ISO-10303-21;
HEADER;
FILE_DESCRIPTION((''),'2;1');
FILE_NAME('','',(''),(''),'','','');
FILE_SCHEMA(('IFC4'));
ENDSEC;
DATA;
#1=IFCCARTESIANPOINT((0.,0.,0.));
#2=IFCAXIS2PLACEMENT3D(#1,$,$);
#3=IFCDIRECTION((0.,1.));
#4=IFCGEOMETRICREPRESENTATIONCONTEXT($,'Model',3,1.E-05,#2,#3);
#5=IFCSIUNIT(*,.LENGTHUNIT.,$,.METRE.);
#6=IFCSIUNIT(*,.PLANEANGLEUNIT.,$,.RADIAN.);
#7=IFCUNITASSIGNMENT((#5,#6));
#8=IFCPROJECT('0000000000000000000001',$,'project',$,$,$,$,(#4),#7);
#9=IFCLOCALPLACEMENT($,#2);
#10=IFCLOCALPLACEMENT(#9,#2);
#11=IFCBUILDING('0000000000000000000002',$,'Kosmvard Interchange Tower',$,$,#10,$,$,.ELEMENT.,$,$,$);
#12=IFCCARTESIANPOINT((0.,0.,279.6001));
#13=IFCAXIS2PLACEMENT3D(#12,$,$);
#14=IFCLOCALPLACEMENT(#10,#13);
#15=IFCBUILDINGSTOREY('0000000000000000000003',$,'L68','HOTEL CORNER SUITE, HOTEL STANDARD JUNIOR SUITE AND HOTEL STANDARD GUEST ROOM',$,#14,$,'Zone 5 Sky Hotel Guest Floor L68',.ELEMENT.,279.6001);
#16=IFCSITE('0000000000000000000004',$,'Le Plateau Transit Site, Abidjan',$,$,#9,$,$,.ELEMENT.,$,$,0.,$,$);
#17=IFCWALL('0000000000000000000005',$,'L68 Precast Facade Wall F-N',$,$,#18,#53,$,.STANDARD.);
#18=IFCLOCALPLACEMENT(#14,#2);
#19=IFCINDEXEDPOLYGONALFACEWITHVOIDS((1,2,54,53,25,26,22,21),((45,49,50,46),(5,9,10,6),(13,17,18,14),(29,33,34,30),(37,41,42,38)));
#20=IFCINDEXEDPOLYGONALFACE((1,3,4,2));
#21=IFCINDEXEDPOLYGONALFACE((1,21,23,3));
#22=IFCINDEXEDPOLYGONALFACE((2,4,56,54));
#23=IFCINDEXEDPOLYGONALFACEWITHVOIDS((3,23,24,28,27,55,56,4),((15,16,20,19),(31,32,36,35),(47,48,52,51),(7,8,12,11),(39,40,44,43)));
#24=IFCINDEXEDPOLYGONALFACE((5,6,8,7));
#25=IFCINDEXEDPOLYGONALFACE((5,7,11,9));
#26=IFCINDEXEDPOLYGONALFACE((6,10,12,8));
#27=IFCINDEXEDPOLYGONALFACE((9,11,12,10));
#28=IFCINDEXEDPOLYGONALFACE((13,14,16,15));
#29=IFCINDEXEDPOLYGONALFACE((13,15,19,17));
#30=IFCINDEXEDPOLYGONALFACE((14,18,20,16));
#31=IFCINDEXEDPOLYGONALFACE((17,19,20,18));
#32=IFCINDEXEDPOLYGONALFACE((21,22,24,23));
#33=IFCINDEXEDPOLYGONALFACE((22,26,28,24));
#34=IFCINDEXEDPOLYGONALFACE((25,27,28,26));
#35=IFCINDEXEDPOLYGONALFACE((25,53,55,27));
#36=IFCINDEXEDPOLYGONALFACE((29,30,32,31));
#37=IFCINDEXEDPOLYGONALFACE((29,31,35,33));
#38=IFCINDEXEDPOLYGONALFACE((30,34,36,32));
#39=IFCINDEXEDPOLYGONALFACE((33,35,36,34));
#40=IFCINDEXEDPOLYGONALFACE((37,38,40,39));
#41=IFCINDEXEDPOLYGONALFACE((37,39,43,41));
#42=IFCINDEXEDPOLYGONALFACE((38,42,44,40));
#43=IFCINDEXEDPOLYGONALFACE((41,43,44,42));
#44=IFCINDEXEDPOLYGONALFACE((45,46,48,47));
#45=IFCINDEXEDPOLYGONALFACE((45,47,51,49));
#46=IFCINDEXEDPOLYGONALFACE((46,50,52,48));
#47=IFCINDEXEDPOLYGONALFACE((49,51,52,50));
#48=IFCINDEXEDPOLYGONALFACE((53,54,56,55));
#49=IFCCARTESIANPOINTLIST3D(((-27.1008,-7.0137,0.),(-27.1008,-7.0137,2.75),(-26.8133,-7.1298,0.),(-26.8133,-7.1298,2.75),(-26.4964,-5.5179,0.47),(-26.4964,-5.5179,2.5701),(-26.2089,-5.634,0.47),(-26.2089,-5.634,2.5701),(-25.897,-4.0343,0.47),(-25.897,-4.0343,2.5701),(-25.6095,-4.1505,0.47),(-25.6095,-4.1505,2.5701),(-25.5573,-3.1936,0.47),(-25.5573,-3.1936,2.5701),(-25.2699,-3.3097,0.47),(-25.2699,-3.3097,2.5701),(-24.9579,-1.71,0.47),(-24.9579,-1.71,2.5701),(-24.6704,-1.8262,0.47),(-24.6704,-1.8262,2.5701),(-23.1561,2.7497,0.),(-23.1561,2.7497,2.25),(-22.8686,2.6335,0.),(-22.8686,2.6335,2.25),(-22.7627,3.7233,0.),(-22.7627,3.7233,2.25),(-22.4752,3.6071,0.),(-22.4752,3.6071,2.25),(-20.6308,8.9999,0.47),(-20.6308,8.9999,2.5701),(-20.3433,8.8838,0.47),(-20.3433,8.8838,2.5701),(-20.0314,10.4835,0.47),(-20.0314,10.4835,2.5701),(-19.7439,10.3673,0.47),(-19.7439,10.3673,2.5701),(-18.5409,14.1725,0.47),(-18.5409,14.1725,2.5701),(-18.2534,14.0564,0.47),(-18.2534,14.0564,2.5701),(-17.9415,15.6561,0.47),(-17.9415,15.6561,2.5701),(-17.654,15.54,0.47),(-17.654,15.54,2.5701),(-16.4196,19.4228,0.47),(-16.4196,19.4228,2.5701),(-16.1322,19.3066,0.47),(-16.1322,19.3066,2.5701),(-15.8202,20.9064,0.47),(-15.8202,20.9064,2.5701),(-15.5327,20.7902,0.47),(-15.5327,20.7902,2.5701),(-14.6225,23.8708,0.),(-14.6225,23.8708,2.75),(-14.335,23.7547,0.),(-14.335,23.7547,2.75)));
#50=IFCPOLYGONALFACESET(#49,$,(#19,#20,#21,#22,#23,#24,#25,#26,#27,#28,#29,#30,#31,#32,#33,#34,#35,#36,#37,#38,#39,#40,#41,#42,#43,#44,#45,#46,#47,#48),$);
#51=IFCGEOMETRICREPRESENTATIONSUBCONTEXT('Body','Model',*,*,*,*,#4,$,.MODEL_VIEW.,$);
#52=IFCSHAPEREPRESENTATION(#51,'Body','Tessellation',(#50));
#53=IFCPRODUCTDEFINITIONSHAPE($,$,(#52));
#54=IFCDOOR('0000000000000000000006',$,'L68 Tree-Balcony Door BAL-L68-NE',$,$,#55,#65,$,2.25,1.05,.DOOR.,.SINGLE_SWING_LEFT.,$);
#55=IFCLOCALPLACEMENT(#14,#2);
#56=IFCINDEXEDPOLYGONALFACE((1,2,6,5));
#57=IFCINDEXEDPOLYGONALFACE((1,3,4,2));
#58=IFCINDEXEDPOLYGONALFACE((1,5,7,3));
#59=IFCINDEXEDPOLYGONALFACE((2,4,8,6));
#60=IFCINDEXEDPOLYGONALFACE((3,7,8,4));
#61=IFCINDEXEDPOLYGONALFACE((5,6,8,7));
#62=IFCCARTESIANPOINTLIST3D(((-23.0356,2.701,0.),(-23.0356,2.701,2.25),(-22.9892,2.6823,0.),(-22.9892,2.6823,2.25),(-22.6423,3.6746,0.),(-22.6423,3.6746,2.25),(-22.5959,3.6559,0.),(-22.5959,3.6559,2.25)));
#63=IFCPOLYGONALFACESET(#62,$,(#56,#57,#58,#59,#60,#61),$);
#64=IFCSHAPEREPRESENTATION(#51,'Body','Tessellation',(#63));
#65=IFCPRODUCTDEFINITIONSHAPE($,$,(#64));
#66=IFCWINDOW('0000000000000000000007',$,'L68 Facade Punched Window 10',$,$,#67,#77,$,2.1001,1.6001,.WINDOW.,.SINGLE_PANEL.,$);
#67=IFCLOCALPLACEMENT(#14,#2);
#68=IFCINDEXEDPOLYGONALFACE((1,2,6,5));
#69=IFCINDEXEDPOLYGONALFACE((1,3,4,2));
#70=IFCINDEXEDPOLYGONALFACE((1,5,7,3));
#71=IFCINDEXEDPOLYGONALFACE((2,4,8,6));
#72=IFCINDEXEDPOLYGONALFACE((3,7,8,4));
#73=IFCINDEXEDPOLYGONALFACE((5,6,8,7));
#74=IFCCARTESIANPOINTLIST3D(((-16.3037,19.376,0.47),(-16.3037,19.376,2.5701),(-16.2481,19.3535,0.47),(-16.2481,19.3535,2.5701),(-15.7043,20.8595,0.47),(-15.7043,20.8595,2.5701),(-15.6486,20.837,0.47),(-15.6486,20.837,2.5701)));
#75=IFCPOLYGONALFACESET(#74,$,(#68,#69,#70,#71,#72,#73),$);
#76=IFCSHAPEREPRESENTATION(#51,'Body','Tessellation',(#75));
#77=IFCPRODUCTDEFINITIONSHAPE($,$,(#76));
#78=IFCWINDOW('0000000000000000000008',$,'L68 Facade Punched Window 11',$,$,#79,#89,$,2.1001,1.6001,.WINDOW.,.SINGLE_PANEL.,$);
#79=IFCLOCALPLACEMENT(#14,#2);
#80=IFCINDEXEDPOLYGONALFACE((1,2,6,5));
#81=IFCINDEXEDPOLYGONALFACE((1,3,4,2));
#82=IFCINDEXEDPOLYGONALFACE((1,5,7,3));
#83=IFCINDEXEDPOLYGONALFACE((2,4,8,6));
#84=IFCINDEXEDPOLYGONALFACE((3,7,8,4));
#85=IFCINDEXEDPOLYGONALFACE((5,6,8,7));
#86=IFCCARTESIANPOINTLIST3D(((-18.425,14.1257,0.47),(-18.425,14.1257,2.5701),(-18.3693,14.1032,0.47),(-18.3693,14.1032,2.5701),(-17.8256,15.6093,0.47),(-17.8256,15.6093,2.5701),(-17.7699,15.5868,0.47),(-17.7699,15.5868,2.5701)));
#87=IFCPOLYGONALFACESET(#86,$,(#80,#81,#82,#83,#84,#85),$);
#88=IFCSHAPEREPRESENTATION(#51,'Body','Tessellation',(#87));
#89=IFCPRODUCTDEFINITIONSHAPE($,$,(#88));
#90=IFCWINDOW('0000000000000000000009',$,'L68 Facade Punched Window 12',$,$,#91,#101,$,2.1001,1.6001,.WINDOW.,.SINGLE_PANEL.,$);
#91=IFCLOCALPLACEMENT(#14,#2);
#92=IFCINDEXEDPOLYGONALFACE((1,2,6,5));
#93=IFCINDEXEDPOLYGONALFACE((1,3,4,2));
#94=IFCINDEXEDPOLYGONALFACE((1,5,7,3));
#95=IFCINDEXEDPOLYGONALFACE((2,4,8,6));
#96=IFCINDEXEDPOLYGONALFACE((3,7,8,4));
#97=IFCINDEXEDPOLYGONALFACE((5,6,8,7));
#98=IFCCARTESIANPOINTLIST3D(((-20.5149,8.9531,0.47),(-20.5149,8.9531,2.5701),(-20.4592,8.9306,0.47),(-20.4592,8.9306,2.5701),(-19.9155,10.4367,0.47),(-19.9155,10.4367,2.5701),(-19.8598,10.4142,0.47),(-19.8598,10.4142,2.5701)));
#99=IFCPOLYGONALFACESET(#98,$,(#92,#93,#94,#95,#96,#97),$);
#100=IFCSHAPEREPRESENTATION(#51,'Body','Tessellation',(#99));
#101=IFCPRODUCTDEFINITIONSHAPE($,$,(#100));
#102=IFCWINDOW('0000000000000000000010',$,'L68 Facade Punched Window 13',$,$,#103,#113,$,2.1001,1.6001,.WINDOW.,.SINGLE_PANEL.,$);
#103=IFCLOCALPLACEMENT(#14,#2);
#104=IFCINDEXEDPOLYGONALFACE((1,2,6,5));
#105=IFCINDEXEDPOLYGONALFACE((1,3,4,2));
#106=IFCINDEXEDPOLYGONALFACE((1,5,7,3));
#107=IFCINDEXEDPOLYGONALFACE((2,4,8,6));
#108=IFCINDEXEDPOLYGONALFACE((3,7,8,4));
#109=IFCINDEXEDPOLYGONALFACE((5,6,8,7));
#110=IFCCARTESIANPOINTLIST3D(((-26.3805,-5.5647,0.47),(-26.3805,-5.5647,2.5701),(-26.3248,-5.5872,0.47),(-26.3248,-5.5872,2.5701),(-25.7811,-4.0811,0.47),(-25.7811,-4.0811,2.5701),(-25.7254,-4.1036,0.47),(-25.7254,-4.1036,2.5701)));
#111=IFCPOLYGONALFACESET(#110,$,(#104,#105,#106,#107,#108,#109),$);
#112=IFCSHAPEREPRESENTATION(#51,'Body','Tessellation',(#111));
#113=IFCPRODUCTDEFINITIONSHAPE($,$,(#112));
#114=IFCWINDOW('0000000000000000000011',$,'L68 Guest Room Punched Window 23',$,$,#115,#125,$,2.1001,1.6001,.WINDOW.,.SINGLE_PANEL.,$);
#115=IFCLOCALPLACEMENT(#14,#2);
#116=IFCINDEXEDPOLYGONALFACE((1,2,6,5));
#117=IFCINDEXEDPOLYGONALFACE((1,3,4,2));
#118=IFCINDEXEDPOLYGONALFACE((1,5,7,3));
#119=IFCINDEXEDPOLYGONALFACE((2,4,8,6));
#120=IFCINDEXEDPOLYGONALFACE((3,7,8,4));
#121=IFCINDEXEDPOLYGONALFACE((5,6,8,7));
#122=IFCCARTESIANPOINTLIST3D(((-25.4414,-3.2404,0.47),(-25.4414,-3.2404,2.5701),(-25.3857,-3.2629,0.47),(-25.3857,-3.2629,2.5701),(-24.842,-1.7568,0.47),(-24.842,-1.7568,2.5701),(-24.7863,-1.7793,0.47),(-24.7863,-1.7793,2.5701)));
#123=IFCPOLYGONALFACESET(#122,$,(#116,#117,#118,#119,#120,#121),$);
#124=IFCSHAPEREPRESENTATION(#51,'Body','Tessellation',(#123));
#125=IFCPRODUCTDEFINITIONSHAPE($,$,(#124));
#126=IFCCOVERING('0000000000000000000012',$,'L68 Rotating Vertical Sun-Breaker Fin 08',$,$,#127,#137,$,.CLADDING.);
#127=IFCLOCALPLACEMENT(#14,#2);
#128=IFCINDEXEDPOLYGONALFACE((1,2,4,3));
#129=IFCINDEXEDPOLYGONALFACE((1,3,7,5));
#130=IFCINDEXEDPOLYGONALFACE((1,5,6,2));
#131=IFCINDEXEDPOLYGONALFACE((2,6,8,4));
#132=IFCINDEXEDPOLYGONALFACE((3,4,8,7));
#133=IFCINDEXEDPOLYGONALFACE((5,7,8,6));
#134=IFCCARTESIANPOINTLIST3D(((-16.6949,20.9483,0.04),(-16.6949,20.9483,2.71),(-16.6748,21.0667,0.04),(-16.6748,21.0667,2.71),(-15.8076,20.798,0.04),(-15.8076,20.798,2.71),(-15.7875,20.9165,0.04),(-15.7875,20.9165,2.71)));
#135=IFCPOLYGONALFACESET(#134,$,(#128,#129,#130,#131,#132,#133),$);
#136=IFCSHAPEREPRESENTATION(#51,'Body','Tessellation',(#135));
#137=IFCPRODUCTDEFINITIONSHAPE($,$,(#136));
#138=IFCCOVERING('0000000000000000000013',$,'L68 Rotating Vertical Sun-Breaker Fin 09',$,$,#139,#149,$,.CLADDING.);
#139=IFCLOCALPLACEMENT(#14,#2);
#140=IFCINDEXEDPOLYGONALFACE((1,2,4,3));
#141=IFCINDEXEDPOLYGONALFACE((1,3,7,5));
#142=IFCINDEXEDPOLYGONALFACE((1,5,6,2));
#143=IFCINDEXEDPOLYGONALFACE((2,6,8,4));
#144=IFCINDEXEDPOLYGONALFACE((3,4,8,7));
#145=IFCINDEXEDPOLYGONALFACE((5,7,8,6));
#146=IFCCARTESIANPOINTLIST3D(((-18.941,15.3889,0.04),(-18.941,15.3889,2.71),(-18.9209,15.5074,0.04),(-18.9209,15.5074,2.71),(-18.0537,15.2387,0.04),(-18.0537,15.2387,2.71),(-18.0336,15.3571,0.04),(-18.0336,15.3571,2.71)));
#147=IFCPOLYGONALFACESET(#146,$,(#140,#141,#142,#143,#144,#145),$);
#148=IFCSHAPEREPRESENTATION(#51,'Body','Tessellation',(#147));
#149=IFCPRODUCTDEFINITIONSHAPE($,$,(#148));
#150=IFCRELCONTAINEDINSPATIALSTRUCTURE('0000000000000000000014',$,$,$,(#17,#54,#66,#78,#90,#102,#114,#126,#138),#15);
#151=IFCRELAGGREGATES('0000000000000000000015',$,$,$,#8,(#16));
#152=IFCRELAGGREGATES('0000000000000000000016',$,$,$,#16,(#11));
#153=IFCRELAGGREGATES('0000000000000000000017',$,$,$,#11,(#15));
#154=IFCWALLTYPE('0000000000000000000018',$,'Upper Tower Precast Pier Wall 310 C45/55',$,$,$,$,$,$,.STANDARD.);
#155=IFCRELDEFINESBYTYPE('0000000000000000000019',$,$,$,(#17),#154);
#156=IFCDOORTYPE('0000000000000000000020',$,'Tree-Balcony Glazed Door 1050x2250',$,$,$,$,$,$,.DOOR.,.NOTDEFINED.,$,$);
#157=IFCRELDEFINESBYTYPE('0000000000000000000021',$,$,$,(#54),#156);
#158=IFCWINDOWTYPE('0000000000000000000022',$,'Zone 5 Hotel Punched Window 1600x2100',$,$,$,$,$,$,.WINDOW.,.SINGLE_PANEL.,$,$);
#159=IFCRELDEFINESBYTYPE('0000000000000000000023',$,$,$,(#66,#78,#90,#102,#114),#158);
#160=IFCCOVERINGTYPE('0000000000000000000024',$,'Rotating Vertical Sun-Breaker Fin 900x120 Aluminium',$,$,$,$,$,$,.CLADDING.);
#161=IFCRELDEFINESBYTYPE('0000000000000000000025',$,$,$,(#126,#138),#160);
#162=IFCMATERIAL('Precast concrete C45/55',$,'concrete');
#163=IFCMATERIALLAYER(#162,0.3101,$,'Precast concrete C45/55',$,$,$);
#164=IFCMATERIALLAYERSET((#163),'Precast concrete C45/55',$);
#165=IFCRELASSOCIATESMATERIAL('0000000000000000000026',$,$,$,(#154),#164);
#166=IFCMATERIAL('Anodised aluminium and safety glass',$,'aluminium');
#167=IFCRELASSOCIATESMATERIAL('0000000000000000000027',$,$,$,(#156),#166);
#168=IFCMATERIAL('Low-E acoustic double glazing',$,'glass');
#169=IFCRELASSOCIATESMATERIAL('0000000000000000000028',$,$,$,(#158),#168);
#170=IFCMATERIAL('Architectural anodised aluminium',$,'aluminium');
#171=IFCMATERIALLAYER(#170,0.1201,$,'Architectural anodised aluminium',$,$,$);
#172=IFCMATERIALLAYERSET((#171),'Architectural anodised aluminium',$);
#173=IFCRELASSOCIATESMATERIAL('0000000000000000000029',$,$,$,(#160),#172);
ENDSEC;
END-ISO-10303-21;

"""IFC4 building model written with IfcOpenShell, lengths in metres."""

from ifc_helpers import new_model, si_unit, direction, frame, frame_2d, origin, origin_2d, place, context, subcontext, project, spatial, rectangle, extrude, source, transform, mapped, material, layer, layer_set, type_object, element, fill, save


model = new_model("IFC4")

# Units and contexts
model_context = context("Model", 3, precision=1e-05, world=origin(), true_north=direction((0.0, 1.0)))
body_context = subcontext(model_context, "Body", "Model", "MODEL_VIEW")
ifc_project = project(units=[si_unit("LENGTHUNIT", "METRE"), si_unit("PLANEANGLEUNIT", "RADIAN")], contexts=[model_context])

# Site, building, storey
site_placement = place(None, origin())
site = spatial("IfcSite", under=ifc_project, at=site_placement, Name="Le Plateau Transit Site, Abidjan", CompositionType="ELEMENT", RefElevation=0.0)
building_placement = place(site_placement, origin())
building = spatial("IfcBuilding", under=site, at=building_placement, Name="Kosmvard Interchange Tower", CompositionType="ELEMENT")
storey_placement = place(building_placement, frame((0.0, 0.0, 279.6001)))
storey = spatial("IfcBuildingStorey", under=building, at=storey_placement, Name="L68", Description="HOTEL CORNER SUITE, HOTEL STANDARD JUNIOR SUITE AND HOTEL STANDARD GUEST ROOM", LongName="Zone 5 Sky Hotel Guest Floor L68", CompositionType="ELEMENT", Elevation=279.6001)

# Wall, openings, door, windows
ifc_material_1 = material(Name="Precast concrete C45/55", Category="concrete")
ifc_layer_1 = layer(ifc_material_1, 0.3101, Name="Precast concrete C45/55")
ifc_layer_set_1 = layer_set([ifc_layer_1], Name="Precast concrete C45/55")
wall_type = type_object("IfcWallType", Name="Upper Tower Precast Pier Wall 310 C45/55", PredefinedType="STANDARD", material=ifc_layer_set_1)
wall_placement = place(storey_placement, frame((-14.4788, 23.8127, 0.0), z_axis=(0.0, 0.0, 1.0), x_axis=(-0.37461, -0.927183, 0.0)))
wall = element("IfcWall", 1, at=wall_placement, inside=storey, type_object=wall_type, Name="L68 Precast Facade Wall F-N", PredefinedType="STANDARD", context=body_context, shape_type="SweptSolid", body=[
    extrude(rectangle(XDim=33.3101, YDim=0.3101, at=frame_2d((16.655, 0.0))), origin(), (0.0, 0.0, 1.0), 2.75),
])
opening_1_placement = place(wall_placement, frame((21.73, 0.0, 0.0)))
opening_1 = element("IfcOpeningElement", 2, at=opening_1_placement, cuts=wall, PredefinedType="OPENING", context=body_context, shape_type="SweptSolid", body=[
    extrude(rectangle(XDim=1.05, YDim=2.25, at=frame_2d((0.5249, 1.125))), frame((0.0, 0.165, 0.0), z_axis=(0.0, -1.0, 0.0), x_axis=(1.0, 0.0, 0.0)), (0.0, 0.0, 1.0), 0.3301),
])
opening_2_placement = place(wall_placement, frame((3.1973, 0.0, 0.47)))
opening_2 = element("IfcOpeningElement", 3, at=opening_2_placement, cuts=wall, PredefinedType="OPENING", context=body_context, shape_type="SweptSolid", body=[
    extrude(rectangle(XDim=1.6001, YDim=2.1001, at=frame_2d((0.8, 1.05))), frame((0.0, 0.165, 0.0), z_axis=(0.0, -1.0, 0.0), x_axis=(1.0, 0.0, 0.0)), (0.0, 0.0, 1.0), 0.3301),
])
opening_3_placement = place(wall_placement, frame((8.8599, 0.0, 0.47)))
opening_3 = element("IfcOpeningElement", 4, at=opening_3_placement, cuts=wall, PredefinedType="OPENING", context=body_context, shape_type="SweptSolid", body=[
    extrude(rectangle(XDim=1.6001, YDim=2.1001, at=frame_2d((0.8, 1.05))), frame((0.0, 0.165, 0.0), z_axis=(0.0, -1.0, 0.0), x_axis=(1.0, 0.0, 0.0)), (0.0, 0.0, 1.0), 0.3301),
])
opening_4_placement = place(wall_placement, frame((14.4387, 0.0, 0.47)))
opening_4 = element("IfcOpeningElement", 5, at=opening_4_placement, cuts=wall, PredefinedType="OPENING", context=body_context, shape_type="SweptSolid", body=[
    extrude(rectangle(XDim=1.6001, YDim=2.1001, at=frame_2d((0.8, 1.05))), frame((0.0, 0.165, 0.0), z_axis=(0.0, -1.0, 0.0), x_axis=(1.0, 0.0, 0.0)), (0.0, 0.0, 1.0), 0.3301),
])
opening_5_placement = place(wall_placement, frame((30.0967, 0.0, 0.47)))
opening_5 = element("IfcOpeningElement", 6, at=opening_5_placement, cuts=wall, PredefinedType="OPENING", context=body_context, shape_type="SweptSolid", body=[
    extrude(rectangle(XDim=1.6001, YDim=2.1001, at=frame_2d((0.8, 1.05))), frame((0.0, 0.165, 0.0), z_axis=(0.0, -1.0, 0.0), x_axis=(1.0, 0.0, 0.0)), (0.0, 0.0, 1.0), 0.3301),
])
opening_6_placement = place(wall_placement, frame((27.5898, 0.0, 0.47)))
opening_6 = element("IfcOpeningElement", 7, at=opening_6_placement, cuts=wall, PredefinedType="OPENING", context=body_context, shape_type="SweptSolid", body=[
    extrude(rectangle(XDim=1.6001, YDim=2.1001, at=frame_2d((0.8, 1.05))), frame((0.0, 0.165, 0.0), z_axis=(0.0, -1.0, 0.0), x_axis=(1.0, 0.0, 0.0)), (0.0, 0.0, 1.0), 0.3301),
])
ifc_material_2 = material(Name="Anodised aluminium and safety glass", Category="aluminium")
door_type = type_object("IfcDoorType", Name="Tree-Balcony Glazed Door 1050x2250", OperationType="NOTDEFINED", PredefinedType="DOOR", material=ifc_material_2)
shared_shape_1 = source(origin(), body_context, "Body", "SweptSolid", [
    extrude(rectangle(XDim=1.05, YDim=2.25, at=frame_2d((0.5249, 1.125))), frame((0.0, 0.0249, 0.0), z_axis=(0.0, -1.0, 0.0), x_axis=(1.0, 0.0, 0.0)), (0.0, 0.0, 1.0), 0.05),
])
door_placement = place(opening_1_placement, origin())
door = element("IfcDoor", 8, at=door_placement, inside=storey, type_object=door_type, Name="L68 Tree-Balcony Door BAL-L68-NE", OperationType="SINGLE_SWING_LEFT", OverallHeight=2.25, OverallWidth=1.05, PredefinedType="DOOR", context=body_context, shape_type="MappedRepresentation", body=[
    mapped(shared_shape_1, transform((0.0, 0.0, 0.0), scale=1.0)),
])
fill(opening_1, door)
ifc_material_3 = material(Name="Low-E acoustic double glazing", Category="glass")
window_type = type_object("IfcWindowType", Name="Zone 5 Hotel Punched Window 1600x2100", PartitioningType="SINGLE_PANEL", PredefinedType="WINDOW", material=ifc_material_3)
shared_shape_2 = source(origin(), body_context, "Body", "SweptSolid", [
    extrude(rectangle(XDim=1.6001, YDim=2.1001, at=frame_2d((0.8, 1.05))), frame((0.0, 0.03, 0.0), z_axis=(0.0, -1.0, 0.0), x_axis=(1.0, 0.0, 0.0)), (0.0, 0.0, 1.0), 0.0601),
])
window_1_placement = place(opening_2_placement, origin())
window_1 = element("IfcWindow", 9, at=window_1_placement, inside=storey, type_object=window_type, Name="L68 Facade Punched Window 10", OverallHeight=2.1001, OverallWidth=1.6001, PartitioningType="SINGLE_PANEL", PredefinedType="WINDOW", context=body_context, shape_type="MappedRepresentation", body=[
    mapped(shared_shape_2, transform((0.0, 0.0, 0.0), scale=1.0)),
])
fill(opening_2, window_1)
window_2_placement = place(opening_3_placement, origin())
window_2 = element("IfcWindow", 10, at=window_2_placement, inside=storey, type_object=window_type, Name="L68 Facade Punched Window 11", OverallHeight=2.1001, OverallWidth=1.6001, PartitioningType="SINGLE_PANEL", PredefinedType="WINDOW", context=body_context, shape_type="MappedRepresentation", body=[
    mapped(shared_shape_2, transform((0.0, 0.0, 0.0), scale=1.0)),
])
fill(opening_3, window_2)
window_3_placement = place(opening_4_placement, origin())
window_3 = element("IfcWindow", 11, at=window_3_placement, inside=storey, type_object=window_type, Name="L68 Facade Punched Window 12", OverallHeight=2.1001, OverallWidth=1.6001, PartitioningType="SINGLE_PANEL", PredefinedType="WINDOW", context=body_context, shape_type="MappedRepresentation", body=[
    mapped(shared_shape_2, transform((0.0, 0.0, 0.0), scale=1.0)),
])
fill(opening_4, window_3)
window_4_placement = place(opening_5_placement, origin())
window_4 = element("IfcWindow", 12, at=window_4_placement, inside=storey, type_object=window_type, Name="L68 Facade Punched Window 13", OverallHeight=2.1001, OverallWidth=1.6001, PartitioningType="SINGLE_PANEL", PredefinedType="WINDOW", context=body_context, shape_type="MappedRepresentation", body=[
    mapped(shared_shape_2, transform((0.0, 0.0, 0.0), scale=1.0)),
])
fill(opening_5, window_4)
window_5_placement = place(opening_6_placement, origin())
window_5 = element("IfcWindow", 13, at=window_5_placement, inside=storey, type_object=window_type, Name="L68 Guest Room Punched Window 23", OverallHeight=2.1001, OverallWidth=1.6001, PartitioningType="SINGLE_PANEL", PredefinedType="WINDOW", context=body_context, shape_type="MappedRepresentation", body=[
    mapped(shared_shape_2, transform((0.0, 0.0, 0.0), scale=1.0)),
])
fill(opening_6, window_5)

# Coverings
ifc_material_4 = material(Name="Architectural anodised aluminium", Category="aluminium")
ifc_layer_2 = layer(ifc_material_4, 0.1201, Name="Architectural anodised aluminium")
ifc_layer_set_2 = layer_set([ifc_layer_2], Name="Architectural anodised aluminium")
covering_type = type_object("IfcCoveringType", Name="Rotating Vertical Sun-Breaker Fin 900x120 Aluminium", PredefinedType="CLADDING", material=ifc_layer_set_2)
shared_shape_3 = source(origin(), body_context, "Body", "SweptSolid", [
    extrude(rectangle(XDim=0.8999, YDim=0.1201, at=origin_2d()), origin(), (0.0, 0.0, 1.0), 2.6699),
])
for number, where, z_axis, x_axis, name in (
    (14, (-16.2412, 20.9324, 0.04), (0.0, 0.0, 1.0), (-0.985967, 0.166941, 0.0), "L68 Rotating Vertical Sun-Breaker Fin 08"),
    (15, (-18.4873, 15.373, 0.04), (0.0, 0.0, 1.0), (-0.985967, 0.166941, 0.0), "L68 Rotating Vertical Sun-Breaker Fin 09"),
):
    element("IfcCovering", number, at=place(storey_placement, frame(where, z_axis=z_axis, x_axis=x_axis)), inside=storey, type_object=covering_type, Name=name, PredefinedType="CLADDING", context=body_context, shape_type="MappedRepresentation", body=[
        mapped(shared_shape_3, transform((0.0, 0.0, 0.0), scale=1.0)),
    ])

save(model, "model.ifc")
